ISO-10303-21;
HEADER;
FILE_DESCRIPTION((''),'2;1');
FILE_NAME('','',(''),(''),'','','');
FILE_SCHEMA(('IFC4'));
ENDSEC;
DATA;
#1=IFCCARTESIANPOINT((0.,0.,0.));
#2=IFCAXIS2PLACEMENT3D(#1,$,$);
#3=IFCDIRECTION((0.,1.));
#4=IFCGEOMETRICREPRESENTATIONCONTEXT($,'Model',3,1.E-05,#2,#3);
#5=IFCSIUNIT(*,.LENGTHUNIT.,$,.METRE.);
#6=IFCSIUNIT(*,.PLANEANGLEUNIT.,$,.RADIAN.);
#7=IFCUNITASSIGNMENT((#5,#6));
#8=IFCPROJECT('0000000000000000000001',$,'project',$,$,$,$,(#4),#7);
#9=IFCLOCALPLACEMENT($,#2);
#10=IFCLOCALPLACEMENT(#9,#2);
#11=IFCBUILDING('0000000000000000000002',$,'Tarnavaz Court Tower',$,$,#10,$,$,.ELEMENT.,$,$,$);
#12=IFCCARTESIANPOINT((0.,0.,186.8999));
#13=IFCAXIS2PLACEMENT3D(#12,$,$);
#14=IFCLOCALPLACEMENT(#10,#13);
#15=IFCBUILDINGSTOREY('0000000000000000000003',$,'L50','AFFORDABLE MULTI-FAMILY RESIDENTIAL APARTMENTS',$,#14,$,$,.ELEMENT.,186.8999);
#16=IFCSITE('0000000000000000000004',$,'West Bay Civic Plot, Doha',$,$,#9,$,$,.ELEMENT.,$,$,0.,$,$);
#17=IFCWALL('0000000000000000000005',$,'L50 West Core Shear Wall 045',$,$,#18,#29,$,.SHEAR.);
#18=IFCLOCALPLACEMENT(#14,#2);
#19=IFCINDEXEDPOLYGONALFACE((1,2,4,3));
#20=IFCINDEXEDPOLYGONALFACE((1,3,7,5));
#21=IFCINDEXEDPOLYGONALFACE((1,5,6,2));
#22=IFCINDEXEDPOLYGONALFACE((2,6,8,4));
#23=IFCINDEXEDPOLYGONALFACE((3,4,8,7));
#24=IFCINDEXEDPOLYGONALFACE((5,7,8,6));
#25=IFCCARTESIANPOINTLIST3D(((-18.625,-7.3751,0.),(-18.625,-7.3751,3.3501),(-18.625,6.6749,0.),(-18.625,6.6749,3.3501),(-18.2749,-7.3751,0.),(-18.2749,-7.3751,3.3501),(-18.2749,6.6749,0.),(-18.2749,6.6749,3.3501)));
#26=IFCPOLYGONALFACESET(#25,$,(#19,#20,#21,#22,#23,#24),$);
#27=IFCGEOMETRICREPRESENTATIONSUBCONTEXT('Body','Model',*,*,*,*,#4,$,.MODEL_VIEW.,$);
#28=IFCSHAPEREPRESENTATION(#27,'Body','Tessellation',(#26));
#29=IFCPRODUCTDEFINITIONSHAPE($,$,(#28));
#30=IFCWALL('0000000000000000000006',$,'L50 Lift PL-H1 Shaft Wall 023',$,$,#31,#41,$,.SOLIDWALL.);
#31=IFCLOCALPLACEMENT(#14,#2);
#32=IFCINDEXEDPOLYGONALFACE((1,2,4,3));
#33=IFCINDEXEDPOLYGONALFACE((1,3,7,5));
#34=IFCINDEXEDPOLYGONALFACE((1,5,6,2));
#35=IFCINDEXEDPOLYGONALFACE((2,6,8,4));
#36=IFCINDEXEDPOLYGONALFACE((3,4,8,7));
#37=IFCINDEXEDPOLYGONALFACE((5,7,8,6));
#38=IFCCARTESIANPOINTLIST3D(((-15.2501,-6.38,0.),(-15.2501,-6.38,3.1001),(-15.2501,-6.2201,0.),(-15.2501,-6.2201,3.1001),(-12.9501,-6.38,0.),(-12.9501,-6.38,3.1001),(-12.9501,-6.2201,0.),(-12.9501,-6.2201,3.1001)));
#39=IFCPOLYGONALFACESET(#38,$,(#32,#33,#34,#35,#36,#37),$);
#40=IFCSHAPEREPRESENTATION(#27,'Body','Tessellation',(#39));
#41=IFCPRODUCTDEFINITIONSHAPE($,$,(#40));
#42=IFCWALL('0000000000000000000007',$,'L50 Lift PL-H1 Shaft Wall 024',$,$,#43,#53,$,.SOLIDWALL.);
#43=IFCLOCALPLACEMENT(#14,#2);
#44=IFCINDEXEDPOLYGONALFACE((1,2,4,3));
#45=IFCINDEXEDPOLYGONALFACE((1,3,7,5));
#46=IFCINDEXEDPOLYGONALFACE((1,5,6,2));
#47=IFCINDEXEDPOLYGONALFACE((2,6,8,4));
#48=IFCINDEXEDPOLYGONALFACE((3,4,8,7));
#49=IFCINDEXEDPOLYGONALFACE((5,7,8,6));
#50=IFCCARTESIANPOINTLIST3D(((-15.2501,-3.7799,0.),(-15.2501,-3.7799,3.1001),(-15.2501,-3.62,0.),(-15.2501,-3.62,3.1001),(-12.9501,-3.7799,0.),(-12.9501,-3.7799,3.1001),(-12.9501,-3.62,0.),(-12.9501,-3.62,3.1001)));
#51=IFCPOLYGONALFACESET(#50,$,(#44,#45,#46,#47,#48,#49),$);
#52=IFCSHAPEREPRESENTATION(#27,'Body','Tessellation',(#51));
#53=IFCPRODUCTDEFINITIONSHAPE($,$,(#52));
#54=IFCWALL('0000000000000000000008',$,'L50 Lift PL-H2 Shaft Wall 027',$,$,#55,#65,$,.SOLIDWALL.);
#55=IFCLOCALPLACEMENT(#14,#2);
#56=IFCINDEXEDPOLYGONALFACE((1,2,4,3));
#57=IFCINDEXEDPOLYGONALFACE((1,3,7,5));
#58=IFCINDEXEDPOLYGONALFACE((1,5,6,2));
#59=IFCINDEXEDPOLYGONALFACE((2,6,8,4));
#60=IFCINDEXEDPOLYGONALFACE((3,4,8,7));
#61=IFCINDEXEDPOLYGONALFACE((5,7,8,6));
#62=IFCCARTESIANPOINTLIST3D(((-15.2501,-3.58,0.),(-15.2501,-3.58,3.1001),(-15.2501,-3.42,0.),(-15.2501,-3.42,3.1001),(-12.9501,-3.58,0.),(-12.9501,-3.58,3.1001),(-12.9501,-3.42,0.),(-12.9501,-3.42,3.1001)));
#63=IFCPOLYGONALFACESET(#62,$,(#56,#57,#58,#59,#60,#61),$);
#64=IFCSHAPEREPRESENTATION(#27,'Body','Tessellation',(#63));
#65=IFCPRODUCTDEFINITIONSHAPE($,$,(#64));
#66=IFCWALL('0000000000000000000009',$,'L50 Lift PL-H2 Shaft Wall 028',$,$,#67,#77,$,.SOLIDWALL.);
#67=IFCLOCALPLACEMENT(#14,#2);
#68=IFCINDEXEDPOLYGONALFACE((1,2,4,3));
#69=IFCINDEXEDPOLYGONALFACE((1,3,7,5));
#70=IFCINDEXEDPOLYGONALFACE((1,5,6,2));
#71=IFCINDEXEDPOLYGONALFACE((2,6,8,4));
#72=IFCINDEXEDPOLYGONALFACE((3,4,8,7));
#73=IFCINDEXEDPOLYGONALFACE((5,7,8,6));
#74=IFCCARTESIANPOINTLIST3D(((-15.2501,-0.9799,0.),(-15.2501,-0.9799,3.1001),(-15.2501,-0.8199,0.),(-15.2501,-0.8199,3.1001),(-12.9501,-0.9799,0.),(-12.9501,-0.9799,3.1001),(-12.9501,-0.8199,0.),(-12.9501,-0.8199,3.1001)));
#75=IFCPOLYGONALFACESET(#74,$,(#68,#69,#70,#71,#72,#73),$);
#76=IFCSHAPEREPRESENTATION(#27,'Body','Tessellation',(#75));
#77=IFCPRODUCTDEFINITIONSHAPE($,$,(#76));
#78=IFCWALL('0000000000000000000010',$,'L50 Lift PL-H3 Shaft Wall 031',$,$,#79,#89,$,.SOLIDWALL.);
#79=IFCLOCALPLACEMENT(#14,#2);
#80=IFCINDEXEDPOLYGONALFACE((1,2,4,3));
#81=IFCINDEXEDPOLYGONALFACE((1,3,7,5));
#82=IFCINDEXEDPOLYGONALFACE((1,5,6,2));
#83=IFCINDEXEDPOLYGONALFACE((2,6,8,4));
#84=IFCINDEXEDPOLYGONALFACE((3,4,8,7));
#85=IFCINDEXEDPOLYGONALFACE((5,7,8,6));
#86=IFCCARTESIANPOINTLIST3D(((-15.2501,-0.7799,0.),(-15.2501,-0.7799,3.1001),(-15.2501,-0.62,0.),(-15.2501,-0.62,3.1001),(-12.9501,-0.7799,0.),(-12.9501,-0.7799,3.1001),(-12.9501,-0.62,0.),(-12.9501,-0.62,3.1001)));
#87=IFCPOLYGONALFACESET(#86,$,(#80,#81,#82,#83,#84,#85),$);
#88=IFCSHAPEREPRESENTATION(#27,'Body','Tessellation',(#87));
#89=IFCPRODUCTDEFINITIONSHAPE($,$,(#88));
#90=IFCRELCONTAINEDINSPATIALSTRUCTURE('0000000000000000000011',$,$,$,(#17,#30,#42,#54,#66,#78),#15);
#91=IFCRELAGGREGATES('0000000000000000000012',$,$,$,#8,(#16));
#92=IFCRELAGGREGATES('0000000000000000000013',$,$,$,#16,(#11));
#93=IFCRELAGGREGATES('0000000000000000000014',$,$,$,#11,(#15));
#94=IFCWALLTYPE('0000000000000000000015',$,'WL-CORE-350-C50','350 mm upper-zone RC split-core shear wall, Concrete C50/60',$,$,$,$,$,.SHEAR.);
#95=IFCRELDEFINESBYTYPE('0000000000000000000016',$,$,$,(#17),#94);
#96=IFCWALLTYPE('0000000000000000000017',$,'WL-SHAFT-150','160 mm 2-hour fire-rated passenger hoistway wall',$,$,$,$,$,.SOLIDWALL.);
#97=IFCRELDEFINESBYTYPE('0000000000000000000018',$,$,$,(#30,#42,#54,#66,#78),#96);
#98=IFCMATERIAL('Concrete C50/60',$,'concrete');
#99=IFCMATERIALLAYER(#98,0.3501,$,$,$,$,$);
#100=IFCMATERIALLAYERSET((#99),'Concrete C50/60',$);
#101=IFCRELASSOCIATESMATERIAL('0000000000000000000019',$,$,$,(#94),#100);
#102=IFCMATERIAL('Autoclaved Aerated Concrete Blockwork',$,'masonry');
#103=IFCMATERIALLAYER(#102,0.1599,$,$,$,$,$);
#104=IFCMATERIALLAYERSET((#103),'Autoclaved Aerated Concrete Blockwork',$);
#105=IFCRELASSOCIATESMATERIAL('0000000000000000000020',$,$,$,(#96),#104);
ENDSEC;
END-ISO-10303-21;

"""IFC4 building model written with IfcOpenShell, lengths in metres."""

from ifc_helpers import new_model, si_unit, direction, frame, frame_2d, origin, place, context, subcontext, project, spatial, rectangle, extrude, material, layer, layer_set, type_object, element, save


model = new_model("IFC4")

# Units and contexts
model_context = context("Model", 3, precision=1e-05, world=origin(), true_north=direction((0.0, 1.0)))
body_context = subcontext(model_context, "Body", "Model", "MODEL_VIEW")
ifc_project = project(units=[si_unit("LENGTHUNIT", "METRE"), si_unit("PLANEANGLEUNIT", "RADIAN")], contexts=[model_context])

# Site, building, storey
site_placement = place(None, origin())
site = spatial("IfcSite", under=ifc_project, at=site_placement, Name="West Bay Civic Plot, Doha", CompositionType="ELEMENT", RefElevation=0.0)
building_placement = place(site_placement, origin())
building = spatial("IfcBuilding", under=site, at=building_placement, Name="Tarnavaz Court Tower", CompositionType="ELEMENT")
storey_placement = place(building_placement, frame((0.0, 0.0, 186.8999)))
storey = spatial("IfcBuildingStorey", under=building, at=storey_placement, Name="L50", Description="AFFORDABLE MULTI-FAMILY RESIDENTIAL APARTMENTS", CompositionType="ELEMENT", Elevation=186.8999)

# Shared definitions
ifc_material_1 = material(Name="Concrete C50/60", Category="concrete")

# Wall
ifc_layer_1 = layer(ifc_material_1, 0.3501)
ifc_layer_set_1 = layer_set([ifc_layer_1], Name="Concrete C50/60")
wall_type_1 = type_object("IfcWallType", Name="WL-CORE-350-C50", Description="350 mm upper-zone RC split-core shear wall, Concrete C50/60", PredefinedType="SHEAR", material=ifc_layer_set_1)
wall_1_placement = place(storey_placement, frame((-18.45, -7.375, 0.0), z_axis=(0.0, 0.0, 1.0), x_axis=(0.0, 1.0, 0.0)))
element("IfcWall", 1, at=wall_1_placement, inside=storey, type_object=wall_type_1, Name="L50 West Core Shear Wall 045", PredefinedType="SHEAR", context=body_context, shape_type="SweptSolid", body=[
    extrude(rectangle(XDim=14.05, YDim=0.3501, at=frame_2d((7.0249, 0.0))), origin(), (0.0, 0.0, 1.0), 3.3501),
])

# Shared definitions
ifc_material_2 = material(Name="Autoclaved Aerated Concrete Blockwork", Category="masonry")
ifc_layer_2 = layer(ifc_material_2, 0.1599)
ifc_layer_set_2 = layer_set([ifc_layer_2], Name="Autoclaved Aerated Concrete Blockwork")
wall_type_2 = type_object("IfcWallType", Name="WL-SHAFT-150", Description="160 mm 2-hour fire-rated passenger hoistway wall", PredefinedType="SOLIDWALL", material=ifc_layer_set_2)

# Walls
for number, where, z_axis, x_axis, name in (
    (2, (-15.25, -6.3, 0.0), (0.0, 0.0, 1.0), (1.0, 0.0, 0.0), "L50 Lift PL-H1 Shaft Wall 023"),
    (3, (-15.25, -3.7, 0.0), (0.0, 0.0, 1.0), (1.0, 0.0, 0.0), "L50 Lift PL-H1 Shaft Wall 024"),
):
    element("IfcWall", number, at=place(storey_placement, frame(where, z_axis=z_axis, x_axis=x_axis)), inside=storey, type_object=wall_type_2, Name=name, PredefinedType="SOLIDWALL", context=body_context, shape_type="SweptSolid", body=[
        extrude(rectangle(XDim=2.3, YDim=0.1599, at=frame_2d((1.1499, 0.0))), origin(), (0.0, 0.0, 1.0), 3.1001),
    ])

# Walls
for number, where, z_axis, x_axis, name in (
    (4, (-15.25, -3.5, 0.0), (0.0, 0.0, 1.0), (1.0, 0.0, 0.0), "L50 Lift PL-H2 Shaft Wall 027"),
    (5, (-15.25, -0.8999, 0.0), (0.0, 0.0, 1.0), (1.0, 0.0, 0.0), "L50 Lift PL-H2 Shaft Wall 028"),
):
    element("IfcWall", number, at=place(storey_placement, frame(where, z_axis=z_axis, x_axis=x_axis)), inside=storey, type_object=wall_type_2, Name=name, PredefinedType="SOLIDWALL", context=body_context, shape_type="SweptSolid", body=[
        extrude(rectangle(XDim=2.3, YDim=0.1599, at=frame_2d((1.1499, 0.0))), origin(), (0.0, 0.0, 1.0), 3.1001),
    ])

# Wall
wall_2_placement = place(storey_placement, frame((-15.25, -0.7, 0.0), z_axis=(0.0, 0.0, 1.0), x_axis=(1.0, 0.0, 0.0)))
element("IfcWall", 6, at=wall_2_placement, inside=storey, type_object=wall_type_2, Name="L50 Lift PL-H3 Shaft Wall 031", PredefinedType="SOLIDWALL", context=body_context, shape_type="SweptSolid", body=[
    extrude(rectangle(XDim=2.3, YDim=0.1599, at=frame_2d((1.1499, 0.0))), origin(), (0.0, 0.0, 1.0), 3.1001),
])

save(model, "model.ifc")
